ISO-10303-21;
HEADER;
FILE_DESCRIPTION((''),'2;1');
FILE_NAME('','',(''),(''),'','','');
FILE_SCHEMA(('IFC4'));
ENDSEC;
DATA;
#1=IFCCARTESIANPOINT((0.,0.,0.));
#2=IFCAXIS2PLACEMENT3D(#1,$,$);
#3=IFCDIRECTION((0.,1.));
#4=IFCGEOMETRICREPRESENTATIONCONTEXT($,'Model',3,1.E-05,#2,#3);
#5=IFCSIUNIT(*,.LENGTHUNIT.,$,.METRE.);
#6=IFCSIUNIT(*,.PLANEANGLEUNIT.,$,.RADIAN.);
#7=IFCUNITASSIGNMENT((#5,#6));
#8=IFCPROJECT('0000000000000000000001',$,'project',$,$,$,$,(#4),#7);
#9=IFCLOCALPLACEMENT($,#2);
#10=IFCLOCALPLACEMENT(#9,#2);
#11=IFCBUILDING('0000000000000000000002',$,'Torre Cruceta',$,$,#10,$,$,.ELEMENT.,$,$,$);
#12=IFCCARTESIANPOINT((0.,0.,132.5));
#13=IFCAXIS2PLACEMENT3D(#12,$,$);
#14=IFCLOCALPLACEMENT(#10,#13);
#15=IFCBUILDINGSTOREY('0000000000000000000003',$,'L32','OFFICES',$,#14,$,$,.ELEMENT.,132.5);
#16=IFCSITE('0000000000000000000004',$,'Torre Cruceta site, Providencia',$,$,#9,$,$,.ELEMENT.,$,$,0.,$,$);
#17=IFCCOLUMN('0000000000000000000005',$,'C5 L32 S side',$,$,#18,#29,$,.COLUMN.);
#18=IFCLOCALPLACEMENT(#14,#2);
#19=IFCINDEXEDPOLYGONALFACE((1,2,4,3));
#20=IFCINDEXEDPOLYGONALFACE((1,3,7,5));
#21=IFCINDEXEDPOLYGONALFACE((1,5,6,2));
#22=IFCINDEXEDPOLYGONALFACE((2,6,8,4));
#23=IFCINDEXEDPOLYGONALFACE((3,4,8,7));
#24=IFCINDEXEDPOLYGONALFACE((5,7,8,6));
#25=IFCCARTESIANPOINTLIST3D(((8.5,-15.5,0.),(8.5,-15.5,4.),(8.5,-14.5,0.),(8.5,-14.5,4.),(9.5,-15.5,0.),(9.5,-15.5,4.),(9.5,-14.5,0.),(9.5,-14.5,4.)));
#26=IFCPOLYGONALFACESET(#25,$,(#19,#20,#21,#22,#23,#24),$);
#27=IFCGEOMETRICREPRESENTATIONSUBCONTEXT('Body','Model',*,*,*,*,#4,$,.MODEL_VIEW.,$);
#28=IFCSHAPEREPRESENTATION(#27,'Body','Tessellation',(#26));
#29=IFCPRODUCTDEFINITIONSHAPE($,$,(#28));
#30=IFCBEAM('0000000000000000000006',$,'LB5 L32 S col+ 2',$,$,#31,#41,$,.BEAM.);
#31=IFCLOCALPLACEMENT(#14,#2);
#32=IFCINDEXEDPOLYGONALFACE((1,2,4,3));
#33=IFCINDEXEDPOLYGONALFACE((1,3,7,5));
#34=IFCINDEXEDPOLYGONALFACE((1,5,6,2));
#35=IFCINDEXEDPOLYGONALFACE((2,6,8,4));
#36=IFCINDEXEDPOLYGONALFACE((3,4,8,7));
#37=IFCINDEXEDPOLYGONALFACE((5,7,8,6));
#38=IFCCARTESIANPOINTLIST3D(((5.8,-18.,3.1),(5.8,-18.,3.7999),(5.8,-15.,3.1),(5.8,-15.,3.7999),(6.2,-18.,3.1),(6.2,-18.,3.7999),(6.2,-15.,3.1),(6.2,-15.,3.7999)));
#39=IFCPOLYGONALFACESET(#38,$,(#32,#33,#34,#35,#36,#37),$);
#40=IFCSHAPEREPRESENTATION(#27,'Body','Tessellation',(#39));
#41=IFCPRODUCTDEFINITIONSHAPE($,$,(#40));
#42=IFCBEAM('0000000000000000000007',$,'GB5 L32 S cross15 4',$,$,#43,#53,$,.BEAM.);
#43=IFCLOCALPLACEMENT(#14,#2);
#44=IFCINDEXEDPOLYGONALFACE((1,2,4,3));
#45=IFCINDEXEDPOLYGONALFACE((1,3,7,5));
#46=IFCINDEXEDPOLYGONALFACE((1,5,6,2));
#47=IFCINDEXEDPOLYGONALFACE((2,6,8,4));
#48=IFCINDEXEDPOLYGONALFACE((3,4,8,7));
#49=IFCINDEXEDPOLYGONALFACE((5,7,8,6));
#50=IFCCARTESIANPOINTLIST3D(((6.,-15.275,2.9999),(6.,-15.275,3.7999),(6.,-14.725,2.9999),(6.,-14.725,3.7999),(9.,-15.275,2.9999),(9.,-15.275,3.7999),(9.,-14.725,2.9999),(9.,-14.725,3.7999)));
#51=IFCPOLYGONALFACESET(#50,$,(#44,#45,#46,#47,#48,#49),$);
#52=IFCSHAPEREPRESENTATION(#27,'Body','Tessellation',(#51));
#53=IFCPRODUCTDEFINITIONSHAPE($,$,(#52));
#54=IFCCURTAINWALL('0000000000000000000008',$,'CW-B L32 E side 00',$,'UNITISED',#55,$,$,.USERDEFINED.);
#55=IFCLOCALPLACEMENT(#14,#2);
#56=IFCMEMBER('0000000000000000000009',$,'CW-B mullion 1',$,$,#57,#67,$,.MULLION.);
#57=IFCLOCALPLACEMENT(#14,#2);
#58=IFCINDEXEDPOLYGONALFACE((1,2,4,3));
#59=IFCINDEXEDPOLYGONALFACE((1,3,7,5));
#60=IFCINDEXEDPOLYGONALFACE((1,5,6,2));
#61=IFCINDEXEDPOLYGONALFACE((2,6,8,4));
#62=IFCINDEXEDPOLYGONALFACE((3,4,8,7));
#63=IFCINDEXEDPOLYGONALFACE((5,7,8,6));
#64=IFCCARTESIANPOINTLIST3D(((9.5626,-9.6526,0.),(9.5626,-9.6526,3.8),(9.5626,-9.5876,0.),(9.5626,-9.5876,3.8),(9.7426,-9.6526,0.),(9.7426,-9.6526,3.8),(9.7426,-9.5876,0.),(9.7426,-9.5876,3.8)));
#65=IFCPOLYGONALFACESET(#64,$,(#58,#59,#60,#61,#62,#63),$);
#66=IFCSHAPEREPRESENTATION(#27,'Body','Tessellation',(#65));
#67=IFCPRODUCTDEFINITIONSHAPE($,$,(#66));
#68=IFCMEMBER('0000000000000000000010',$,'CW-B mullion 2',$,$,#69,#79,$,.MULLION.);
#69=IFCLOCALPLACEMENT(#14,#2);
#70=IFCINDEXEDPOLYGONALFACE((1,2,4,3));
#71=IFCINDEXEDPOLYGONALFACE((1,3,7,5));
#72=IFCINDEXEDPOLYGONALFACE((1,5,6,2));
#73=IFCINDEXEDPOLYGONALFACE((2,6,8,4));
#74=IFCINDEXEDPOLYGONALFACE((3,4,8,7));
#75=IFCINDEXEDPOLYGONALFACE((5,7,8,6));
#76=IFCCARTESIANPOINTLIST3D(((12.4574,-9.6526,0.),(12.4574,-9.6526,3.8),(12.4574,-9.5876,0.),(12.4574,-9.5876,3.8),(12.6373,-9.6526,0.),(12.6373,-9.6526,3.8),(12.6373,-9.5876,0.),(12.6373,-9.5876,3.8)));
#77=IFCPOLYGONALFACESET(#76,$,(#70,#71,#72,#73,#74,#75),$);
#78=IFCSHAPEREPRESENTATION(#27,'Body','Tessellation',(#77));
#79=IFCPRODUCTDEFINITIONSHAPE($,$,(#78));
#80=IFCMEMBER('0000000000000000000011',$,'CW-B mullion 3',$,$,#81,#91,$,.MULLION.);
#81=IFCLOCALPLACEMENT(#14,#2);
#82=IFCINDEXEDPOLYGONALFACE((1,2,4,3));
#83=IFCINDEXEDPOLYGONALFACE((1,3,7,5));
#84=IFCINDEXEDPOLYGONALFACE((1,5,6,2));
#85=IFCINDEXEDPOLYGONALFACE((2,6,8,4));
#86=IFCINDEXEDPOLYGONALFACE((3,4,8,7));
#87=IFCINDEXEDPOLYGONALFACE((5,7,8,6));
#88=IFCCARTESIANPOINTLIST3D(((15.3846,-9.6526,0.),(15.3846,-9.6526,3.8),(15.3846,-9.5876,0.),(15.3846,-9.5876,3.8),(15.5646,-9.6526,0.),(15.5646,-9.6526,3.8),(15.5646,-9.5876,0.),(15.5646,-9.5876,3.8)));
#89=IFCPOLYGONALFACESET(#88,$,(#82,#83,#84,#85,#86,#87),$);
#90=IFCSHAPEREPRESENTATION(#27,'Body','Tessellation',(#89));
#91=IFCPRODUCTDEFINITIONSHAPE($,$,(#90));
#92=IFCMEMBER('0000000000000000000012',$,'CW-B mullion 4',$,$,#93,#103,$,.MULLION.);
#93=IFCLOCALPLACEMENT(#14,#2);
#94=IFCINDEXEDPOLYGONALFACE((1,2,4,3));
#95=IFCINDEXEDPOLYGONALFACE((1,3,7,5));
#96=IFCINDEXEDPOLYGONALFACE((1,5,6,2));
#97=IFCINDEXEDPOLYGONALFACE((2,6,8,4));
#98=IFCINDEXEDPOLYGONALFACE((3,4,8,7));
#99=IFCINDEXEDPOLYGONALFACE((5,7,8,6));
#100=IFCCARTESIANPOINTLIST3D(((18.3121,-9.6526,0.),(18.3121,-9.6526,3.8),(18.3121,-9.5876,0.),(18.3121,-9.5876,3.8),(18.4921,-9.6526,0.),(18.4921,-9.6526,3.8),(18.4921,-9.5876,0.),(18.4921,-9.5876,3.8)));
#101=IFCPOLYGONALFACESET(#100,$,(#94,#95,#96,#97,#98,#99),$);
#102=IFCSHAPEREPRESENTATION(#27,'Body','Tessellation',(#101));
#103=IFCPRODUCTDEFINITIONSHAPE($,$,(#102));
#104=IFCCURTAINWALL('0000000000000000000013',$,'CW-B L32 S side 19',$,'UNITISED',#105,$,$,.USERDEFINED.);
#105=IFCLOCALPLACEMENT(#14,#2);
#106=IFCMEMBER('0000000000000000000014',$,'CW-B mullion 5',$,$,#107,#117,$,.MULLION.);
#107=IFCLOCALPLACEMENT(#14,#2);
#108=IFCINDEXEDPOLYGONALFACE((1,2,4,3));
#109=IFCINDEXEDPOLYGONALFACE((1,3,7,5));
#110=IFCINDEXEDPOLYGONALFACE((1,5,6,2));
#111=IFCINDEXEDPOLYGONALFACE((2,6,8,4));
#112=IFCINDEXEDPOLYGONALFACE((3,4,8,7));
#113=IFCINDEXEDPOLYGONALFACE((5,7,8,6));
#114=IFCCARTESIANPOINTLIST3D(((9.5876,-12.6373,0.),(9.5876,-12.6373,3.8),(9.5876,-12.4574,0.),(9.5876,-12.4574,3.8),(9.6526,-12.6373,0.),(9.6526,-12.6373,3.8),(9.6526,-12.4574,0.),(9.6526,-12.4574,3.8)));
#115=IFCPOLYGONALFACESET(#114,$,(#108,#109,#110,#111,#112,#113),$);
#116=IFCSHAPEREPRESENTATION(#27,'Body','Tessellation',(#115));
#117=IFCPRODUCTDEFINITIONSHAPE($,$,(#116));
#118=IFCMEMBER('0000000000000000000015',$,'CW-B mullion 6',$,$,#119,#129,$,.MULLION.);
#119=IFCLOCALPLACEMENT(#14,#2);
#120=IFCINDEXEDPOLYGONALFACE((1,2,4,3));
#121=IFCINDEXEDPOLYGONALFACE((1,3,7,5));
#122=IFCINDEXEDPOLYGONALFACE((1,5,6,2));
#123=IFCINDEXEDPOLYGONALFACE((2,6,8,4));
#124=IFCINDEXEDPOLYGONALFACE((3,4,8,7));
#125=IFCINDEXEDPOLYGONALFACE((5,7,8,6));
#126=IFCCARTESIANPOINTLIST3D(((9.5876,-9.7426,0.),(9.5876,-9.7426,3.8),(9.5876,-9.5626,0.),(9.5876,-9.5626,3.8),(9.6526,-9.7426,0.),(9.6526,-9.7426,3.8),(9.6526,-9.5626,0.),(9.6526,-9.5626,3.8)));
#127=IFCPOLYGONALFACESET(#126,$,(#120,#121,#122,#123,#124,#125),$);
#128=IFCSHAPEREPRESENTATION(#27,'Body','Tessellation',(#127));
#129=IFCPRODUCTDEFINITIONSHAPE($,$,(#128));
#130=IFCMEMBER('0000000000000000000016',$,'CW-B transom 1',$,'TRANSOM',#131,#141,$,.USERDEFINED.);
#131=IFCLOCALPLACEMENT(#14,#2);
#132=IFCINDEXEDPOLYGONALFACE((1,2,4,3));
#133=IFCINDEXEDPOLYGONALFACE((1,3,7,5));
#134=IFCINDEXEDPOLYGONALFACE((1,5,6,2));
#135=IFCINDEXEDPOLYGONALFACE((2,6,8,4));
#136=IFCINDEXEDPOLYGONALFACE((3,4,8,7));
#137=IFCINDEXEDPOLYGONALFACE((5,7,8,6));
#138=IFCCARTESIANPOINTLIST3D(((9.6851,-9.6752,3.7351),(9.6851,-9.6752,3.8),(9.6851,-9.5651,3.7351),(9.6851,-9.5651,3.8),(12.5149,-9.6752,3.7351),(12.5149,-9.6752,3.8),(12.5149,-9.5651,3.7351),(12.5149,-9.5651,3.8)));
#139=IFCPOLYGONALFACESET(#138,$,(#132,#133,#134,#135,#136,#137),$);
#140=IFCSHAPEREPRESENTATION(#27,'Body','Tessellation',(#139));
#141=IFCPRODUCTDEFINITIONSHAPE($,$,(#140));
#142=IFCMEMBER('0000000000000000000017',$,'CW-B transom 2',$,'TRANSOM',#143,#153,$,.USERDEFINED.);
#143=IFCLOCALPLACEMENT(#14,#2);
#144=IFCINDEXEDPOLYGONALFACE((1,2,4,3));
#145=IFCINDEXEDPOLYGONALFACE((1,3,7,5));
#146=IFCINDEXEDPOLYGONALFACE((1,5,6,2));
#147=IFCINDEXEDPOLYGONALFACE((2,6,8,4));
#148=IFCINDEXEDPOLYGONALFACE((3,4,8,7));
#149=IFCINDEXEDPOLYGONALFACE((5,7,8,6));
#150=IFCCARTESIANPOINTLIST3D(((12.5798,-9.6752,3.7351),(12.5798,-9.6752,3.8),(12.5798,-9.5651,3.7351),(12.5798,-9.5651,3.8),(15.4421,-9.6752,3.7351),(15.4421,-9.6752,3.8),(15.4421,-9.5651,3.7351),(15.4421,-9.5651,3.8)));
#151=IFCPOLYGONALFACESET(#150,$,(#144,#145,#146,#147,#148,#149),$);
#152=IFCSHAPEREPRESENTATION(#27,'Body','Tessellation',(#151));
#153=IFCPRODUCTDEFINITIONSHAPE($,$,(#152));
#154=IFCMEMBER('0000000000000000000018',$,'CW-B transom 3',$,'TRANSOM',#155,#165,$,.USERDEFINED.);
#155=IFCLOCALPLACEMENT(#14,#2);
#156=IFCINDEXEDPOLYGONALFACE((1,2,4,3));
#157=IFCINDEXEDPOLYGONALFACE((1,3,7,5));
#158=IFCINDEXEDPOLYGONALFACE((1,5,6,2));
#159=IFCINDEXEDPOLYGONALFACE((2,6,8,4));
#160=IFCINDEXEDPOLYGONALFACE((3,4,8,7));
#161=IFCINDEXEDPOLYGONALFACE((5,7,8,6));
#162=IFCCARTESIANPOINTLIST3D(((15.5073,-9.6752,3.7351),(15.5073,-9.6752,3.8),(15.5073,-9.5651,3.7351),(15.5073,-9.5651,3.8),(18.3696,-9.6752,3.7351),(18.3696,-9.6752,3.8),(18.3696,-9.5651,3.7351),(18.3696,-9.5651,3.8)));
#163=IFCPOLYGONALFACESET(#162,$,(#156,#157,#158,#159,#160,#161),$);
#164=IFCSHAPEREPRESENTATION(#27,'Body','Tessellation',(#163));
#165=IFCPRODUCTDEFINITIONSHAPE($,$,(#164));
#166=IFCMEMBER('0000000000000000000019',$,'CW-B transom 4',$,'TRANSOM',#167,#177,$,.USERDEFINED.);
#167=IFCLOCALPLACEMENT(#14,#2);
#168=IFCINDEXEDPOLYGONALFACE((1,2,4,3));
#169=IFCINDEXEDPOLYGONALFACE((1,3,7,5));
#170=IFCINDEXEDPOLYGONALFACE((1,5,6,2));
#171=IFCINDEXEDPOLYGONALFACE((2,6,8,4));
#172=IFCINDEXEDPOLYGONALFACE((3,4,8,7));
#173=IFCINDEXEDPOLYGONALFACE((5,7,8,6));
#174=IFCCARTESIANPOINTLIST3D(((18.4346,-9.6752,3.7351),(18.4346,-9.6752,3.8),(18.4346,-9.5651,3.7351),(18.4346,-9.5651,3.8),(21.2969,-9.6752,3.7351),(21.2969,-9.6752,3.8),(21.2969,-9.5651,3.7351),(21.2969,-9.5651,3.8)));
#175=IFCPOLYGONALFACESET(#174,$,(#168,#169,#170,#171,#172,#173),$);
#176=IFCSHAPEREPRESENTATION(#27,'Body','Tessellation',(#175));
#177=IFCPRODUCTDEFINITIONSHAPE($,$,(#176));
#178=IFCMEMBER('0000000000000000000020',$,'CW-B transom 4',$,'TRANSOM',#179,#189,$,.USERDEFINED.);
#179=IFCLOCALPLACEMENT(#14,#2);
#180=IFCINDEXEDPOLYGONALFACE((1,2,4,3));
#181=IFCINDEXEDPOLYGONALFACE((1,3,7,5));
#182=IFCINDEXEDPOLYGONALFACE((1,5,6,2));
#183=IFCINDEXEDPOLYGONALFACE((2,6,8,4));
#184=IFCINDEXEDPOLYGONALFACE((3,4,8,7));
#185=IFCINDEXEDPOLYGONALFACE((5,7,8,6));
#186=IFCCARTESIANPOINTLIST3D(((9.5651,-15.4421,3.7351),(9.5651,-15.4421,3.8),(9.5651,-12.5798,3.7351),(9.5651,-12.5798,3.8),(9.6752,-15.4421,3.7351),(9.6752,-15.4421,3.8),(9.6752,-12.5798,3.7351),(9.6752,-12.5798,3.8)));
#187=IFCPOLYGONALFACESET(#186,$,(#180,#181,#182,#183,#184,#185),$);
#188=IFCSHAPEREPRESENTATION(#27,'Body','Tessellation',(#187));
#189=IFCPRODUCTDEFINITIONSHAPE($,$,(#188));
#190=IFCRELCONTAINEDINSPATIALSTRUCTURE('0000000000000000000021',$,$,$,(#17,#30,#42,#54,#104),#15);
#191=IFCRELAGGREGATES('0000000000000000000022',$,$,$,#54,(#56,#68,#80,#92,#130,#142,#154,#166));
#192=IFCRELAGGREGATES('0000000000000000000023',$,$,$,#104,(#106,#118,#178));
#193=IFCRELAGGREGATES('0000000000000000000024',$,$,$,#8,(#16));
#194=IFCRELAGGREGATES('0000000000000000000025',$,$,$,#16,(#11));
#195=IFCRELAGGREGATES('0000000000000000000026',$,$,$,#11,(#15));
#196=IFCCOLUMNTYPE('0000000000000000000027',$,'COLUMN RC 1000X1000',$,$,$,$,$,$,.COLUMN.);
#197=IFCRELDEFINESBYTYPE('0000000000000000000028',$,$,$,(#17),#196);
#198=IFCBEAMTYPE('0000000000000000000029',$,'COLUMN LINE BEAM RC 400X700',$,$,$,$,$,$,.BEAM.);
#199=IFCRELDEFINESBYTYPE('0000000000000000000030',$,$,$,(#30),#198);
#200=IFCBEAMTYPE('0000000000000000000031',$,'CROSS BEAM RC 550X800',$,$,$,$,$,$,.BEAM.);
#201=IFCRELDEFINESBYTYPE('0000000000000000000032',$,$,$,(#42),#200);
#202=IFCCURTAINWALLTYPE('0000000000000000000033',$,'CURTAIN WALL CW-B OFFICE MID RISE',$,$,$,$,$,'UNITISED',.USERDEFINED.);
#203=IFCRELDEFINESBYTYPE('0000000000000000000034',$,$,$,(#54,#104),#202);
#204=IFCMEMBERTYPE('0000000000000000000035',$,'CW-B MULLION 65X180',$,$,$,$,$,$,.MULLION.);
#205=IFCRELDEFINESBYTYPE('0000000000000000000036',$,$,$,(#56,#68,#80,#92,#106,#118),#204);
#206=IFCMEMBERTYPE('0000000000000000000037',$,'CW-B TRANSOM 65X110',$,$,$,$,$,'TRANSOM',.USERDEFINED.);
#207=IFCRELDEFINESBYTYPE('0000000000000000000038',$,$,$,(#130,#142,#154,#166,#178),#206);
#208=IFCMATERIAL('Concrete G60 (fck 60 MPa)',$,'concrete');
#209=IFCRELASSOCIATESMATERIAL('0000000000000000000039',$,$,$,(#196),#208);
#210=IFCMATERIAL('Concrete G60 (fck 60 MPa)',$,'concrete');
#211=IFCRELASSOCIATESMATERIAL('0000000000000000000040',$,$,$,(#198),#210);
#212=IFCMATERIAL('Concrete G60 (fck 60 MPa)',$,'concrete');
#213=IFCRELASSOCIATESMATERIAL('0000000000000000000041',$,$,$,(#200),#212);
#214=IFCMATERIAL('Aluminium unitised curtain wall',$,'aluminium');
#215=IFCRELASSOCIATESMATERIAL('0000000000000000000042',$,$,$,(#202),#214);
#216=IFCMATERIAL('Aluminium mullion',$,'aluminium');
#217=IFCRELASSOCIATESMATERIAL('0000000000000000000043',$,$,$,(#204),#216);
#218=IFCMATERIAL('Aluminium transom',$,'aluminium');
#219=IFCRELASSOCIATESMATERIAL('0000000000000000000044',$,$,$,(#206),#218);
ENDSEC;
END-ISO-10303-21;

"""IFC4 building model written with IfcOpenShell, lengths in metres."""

from ifc_helpers import new_model, si_unit, direction, frame, origin, origin_2d, place, context, subcontext, project, spatial, rectangle, extrude, material, material_profile, profile_set, type_object, element, aggregate, save


model = new_model("IFC4")

# Units and contexts
model_context = context("Model", 3, precision=1e-05, world=origin(), true_north=direction((0.0, 1.0)))
body_context = subcontext(model_context, "Body", "Model", "MODEL_VIEW")
ifc_project = project(units=[si_unit("LENGTHUNIT", "METRE"), si_unit("PLANEANGLEUNIT", "RADIAN")], contexts=[model_context])

# Site, building, storey
site_placement = place(None, origin())
site = spatial("IfcSite", under=ifc_project, at=site_placement, Name="Torre Cruceta site, Providencia", CompositionType="ELEMENT", RefElevation=0.0)
building_placement = place(site_placement, origin())
building = spatial("IfcBuilding", under=site, at=building_placement, Name="Torre Cruceta", CompositionType="ELEMENT")
storey_placement = place(building_placement, frame((0.0, 0.0, 132.5)))
storey = spatial("IfcBuildingStorey", under=building, at=storey_placement, Name="L32", Description="OFFICES", CompositionType="ELEMENT", Elevation=132.5)

# Column
ifc_material_1 = material(Name="Concrete G60 (fck 60 MPa)", Category="concrete")
ifc_material_profile_1 = material_profile(ifc_material_1, rectangle(XDim=1.0, YDim=1.0, at=origin_2d()), Name="RC 1000X1000")
ifc_profile_set_1 = profile_set([ifc_material_profile_1], Name="Concrete G60 (fck 60 MPa)")
column_type = type_object("IfcColumnType", Name="COLUMN RC 1000X1000", PredefinedType="COLUMN", material=ifc_profile_set_1)
column_placement = place(storey_placement, frame((9.0, -15.0, 0.0), z_axis=(0.0, 0.0, 1.0), x_axis=(1.0, 0.0, 0.0)))
element("IfcColumn", 1, at=column_placement, inside=storey, type_object=column_type, Name="C5 L32 S side", PredefinedType="COLUMN", context=body_context, shape_type="SweptSolid", body=[
    extrude(rectangle(XDim=1.0, YDim=1.0, at=origin_2d()), origin(), (0.0, 0.0, 1.0), 4.0),
])

# Beams
ifc_material_2 = material(Name="Concrete G60 (fck 60 MPa)", Category="concrete")
ifc_material_profile_2 = material_profile(ifc_material_2, rectangle(XDim=0.3999, YDim=0.7, at=origin_2d()), Name="RC 400X700")
ifc_profile_set_2 = profile_set([ifc_material_profile_2], Name="Concrete G60 (fck 60 MPa)")
beam_type_1 = type_object("IfcBeamType", Name="COLUMN LINE BEAM RC 400X700", PredefinedType="BEAM", material=ifc_profile_set_2)
beam_1_placement = place(storey_placement, frame((6.0, -15.0, 3.45), z_axis=(0.0, -1.0, 0.0), x_axis=(1.0, 0.0, 0.0)))
element("IfcBeam", 2, at=beam_1_placement, inside=storey, type_object=beam_type_1, Name="LB5 L32 S col+ 2", PredefinedType="BEAM", context=body_context, shape_type="SweptSolid", body=[
    extrude(rectangle(XDim=0.3999, YDim=0.7, at=origin_2d()), origin(), (0.0, 0.0, 1.0), 3.0),
])
ifc_material_3 = material(Name="Concrete G60 (fck 60 MPa)", Category="concrete")
ifc_material_profile_3 = material_profile(ifc_material_3, rectangle(XDim=0.55, YDim=0.8, at=origin_2d()), Name="RC 550X800")
ifc_profile_set_3 = profile_set([ifc_material_profile_3], Name="Concrete G60 (fck 60 MPa)")
beam_type_2 = type_object("IfcBeamType", Name="CROSS BEAM RC 550X800", PredefinedType="BEAM", material=ifc_profile_set_3)
beam_2_placement = place(storey_placement, frame((6.0, -15.0, 3.3999), z_axis=(1.0, 0.0, 0.0), x_axis=(0.0, 1.0, 0.0)))
element("IfcBeam", 3, at=beam_2_placement, inside=storey, type_object=beam_type_2, Name="GB5 L32 S cross15 4", PredefinedType="BEAM", context=body_context, shape_type="SweptSolid", body=[
    extrude(rectangle(XDim=0.55, YDim=0.8, at=origin_2d()), origin(), (0.0, 0.0, 1.0), 3.0),
])

# Curtain walls, members
ifc_material_4 = material(Name="Aluminium unitised curtain wall", Category="aluminium")
curtain_wall_type = type_object("IfcCurtainWallType", Name="CURTAIN WALL CW-B OFFICE MID RISE", ElementType="UNITISED", PredefinedType="USERDEFINED", material=ifc_material_4)
curtain_wall_1_placement = place(storey_placement, origin())
curtain_wall_1 = element("IfcCurtainWall", 4, at=curtain_wall_1_placement, inside=storey, type_object=curtain_wall_type, Name="CW-B L32 E side 00", ObjectType="UNITISED", PredefinedType="USERDEFINED")
ifc_material_5 = material(Name="Aluminium mullion", Category="aluminium")
ifc_material_profile_4 = material_profile(ifc_material_5, rectangle(XDim=0.0649, YDim=0.1799, at=origin_2d()), Name="AL 65X180")
ifc_profile_set_4 = profile_set([ifc_material_profile_4], Name="Aluminium mullion")
member_type_1 = type_object("IfcMemberType", Name="CW-B MULLION 65X180", PredefinedType="MULLION", material=ifc_profile_set_4)
member_1_placement = place(storey_placement, frame((9.6526, -9.6201, 0.0), z_axis=(0.0, 0.0, 1.0), x_axis=(0.0, 1.0, 0.0)))
member_1 = element("IfcMember", 5, at=member_1_placement, type_object=member_type_1, Name="CW-B mullion 1", PredefinedType="MULLION", context=body_context, shape_type="SweptSolid", body=[
    extrude(rectangle(XDim=0.0649, YDim=0.1799, at=origin_2d()), origin(), (0.0, 0.0, 1.0), 3.8),
])
member_2_placement = place(storey_placement, frame((12.5474, -9.6201, 0.0), z_axis=(0.0, 0.0, 1.0), x_axis=(0.0, 1.0, 0.0)))
member_2 = element("IfcMember", 6, at=member_2_placement, type_object=member_type_1, Name="CW-B mullion 2", PredefinedType="MULLION", context=body_context, shape_type="SweptSolid", body=[
    extrude(rectangle(XDim=0.0649, YDim=0.1799, at=origin_2d()), origin(), (0.0, 0.0, 1.0), 3.8),
])
member_3_placement = place(storey_placement, frame((15.4746, -9.6201, 0.0), z_axis=(0.0, 0.0, 1.0), x_axis=(0.0, 1.0, 0.0)))
member_3 = element("IfcMember", 7, at=member_3_placement, type_object=member_type_1, Name="CW-B mullion 3", PredefinedType="MULLION", context=body_context, shape_type="SweptSolid", body=[
    extrude(rectangle(XDim=0.0649, YDim=0.1799, at=origin_2d()), origin(), (0.0, 0.0, 1.0), 3.8),
])
member_4_placement = place(storey_placement, frame((18.4021, -9.6201, 0.0), z_axis=(0.0, 0.0, 1.0), x_axis=(0.0, 1.0, 0.0)))
member_4 = element("IfcMember", 8, at=member_4_placement, type_object=member_type_1, Name="CW-B mullion 4", PredefinedType="MULLION", context=body_context, shape_type="SweptSolid", body=[
    extrude(rectangle(XDim=0.0649, YDim=0.1799, at=origin_2d()), origin(), (0.0, 0.0, 1.0), 3.8),
])
curtain_wall_2_placement = place(storey_placement, origin())
curtain_wall_2 = element("IfcCurtainWall", 9, at=curtain_wall_2_placement, inside=storey, type_object=curtain_wall_type, Name="CW-B L32 S side 19", ObjectType="UNITISED", PredefinedType="USERDEFINED")
member_5_placement = place(storey_placement, frame((9.6201, -12.5474, 0.0), z_axis=(0.0, 0.0, 1.0), x_axis=(-1.0, 0.0, 0.0)))
member_5 = element("IfcMember", 10, at=member_5_placement, type_object=member_type_1, Name="CW-B mullion 5", PredefinedType="MULLION", context=body_context, shape_type="SweptSolid", body=[
    extrude(rectangle(XDim=0.0649, YDim=0.1799, at=origin_2d()), origin(), (0.0, 0.0, 1.0), 3.8),
])
member_6_placement = place(storey_placement, frame((9.6201, -9.6526, 0.0), z_axis=(0.0, 0.0, 1.0), x_axis=(-1.0, 0.0, 0.0)))
member_6 = element("IfcMember", 11, at=member_6_placement, type_object=member_type_1, Name="CW-B mullion 6", PredefinedType="MULLION", context=body_context, shape_type="SweptSolid", body=[
    extrude(rectangle(XDim=0.0649, YDim=0.1799, at=origin_2d()), origin(), (0.0, 0.0, 1.0), 3.8),
])

# Members
ifc_material_6 = material(Name="Aluminium transom", Category="aluminium")
ifc_material_profile_5 = material_profile(ifc_material_6, rectangle(XDim=0.1101, YDim=0.0649, at=origin_2d()), Name="AL 110X65")
ifc_profile_set_5 = profile_set([ifc_material_profile_5], Name="Aluminium transom")
member_type_2 = type_object("IfcMemberType", Name="CW-B TRANSOM 65X110", ElementType="TRANSOM", PredefinedType="USERDEFINED", material=ifc_profile_set_5)
member_7_placement = place(storey_placement, frame((9.6851, -9.6201, 3.7676), z_axis=(1.0, 0.0, 0.0), x_axis=(0.0, 1.0, 0.0)))
member_7 = element("IfcMember", 12, at=member_7_placement, type_object=member_type_2, Name="CW-B transom 1", ObjectType="TRANSOM", PredefinedType="USERDEFINED", context=body_context, shape_type="SweptSolid", body=[
    extrude(rectangle(XDim=0.1101, YDim=0.0649, at=origin_2d()), origin(), (0.0, 0.0, 1.0), 2.8298),
])
member_8_placement = place(storey_placement, frame((12.5798, -9.6201, 3.7676), z_axis=(1.0, 0.0, 0.0), x_axis=(0.0, 1.0, 0.0)))
member_8 = element("IfcMember", 13, at=member_8_placement, type_object=member_type_2, Name="CW-B transom 2", ObjectType="TRANSOM", PredefinedType="USERDEFINED", context=body_context, shape_type="SweptSolid", body=[
    extrude(rectangle(XDim=0.1101, YDim=0.0649, at=origin_2d()), origin(), (0.0, 0.0, 1.0), 2.8623),
])
member_9_placement = place(storey_placement, frame((15.5073, -9.6201, 3.7676), z_axis=(1.0, 0.0, 0.0), x_axis=(0.0, 1.0, 0.0)))
member_9 = element("IfcMember", 14, at=member_9_placement, type_object=member_type_2, Name="CW-B transom 3", ObjectType="TRANSOM", PredefinedType="USERDEFINED", context=body_context, shape_type="SweptSolid", body=[
    extrude(rectangle(XDim=0.1101, YDim=0.0649, at=origin_2d()), origin(), (0.0, 0.0, 1.0), 2.8623),
])
member_10_placement = place(storey_placement, frame((18.4346, -9.6201, 3.7676), z_axis=(1.0, 0.0, 0.0), x_axis=(0.0, 1.0, 0.0)))
member_10 = element("IfcMember", 15, at=member_10_placement, type_object=member_type_2, Name="CW-B transom 4", ObjectType="TRANSOM", PredefinedType="USERDEFINED", context=body_context, shape_type="SweptSolid", body=[
    extrude(rectangle(XDim=0.1101, YDim=0.0649, at=origin_2d()), origin(), (0.0, 0.0, 1.0), 2.8623),
])
member_11_placement = place(storey_placement, frame((9.6201, -15.4421, 3.7676), z_axis=(0.0, 1.0, 0.0), x_axis=(-1.0, 0.0, 0.0)))
member_11 = element("IfcMember", 16, at=member_11_placement, type_object=member_type_2, Name="CW-B transom 4", ObjectType="TRANSOM", PredefinedType="USERDEFINED", context=body_context, shape_type="SweptSolid", body=[
    extrude(rectangle(XDim=0.1101, YDim=0.0649, at=origin_2d()), origin(), (0.0, 0.0, 1.0), 2.8623),
])

aggregate(curtain_wall_1, [member_1, member_2, member_3, member_4, member_7, member_8, member_9, member_10])
aggregate(curtain_wall_2, [member_5, member_6, member_11])

save(model, "model.ifc")
